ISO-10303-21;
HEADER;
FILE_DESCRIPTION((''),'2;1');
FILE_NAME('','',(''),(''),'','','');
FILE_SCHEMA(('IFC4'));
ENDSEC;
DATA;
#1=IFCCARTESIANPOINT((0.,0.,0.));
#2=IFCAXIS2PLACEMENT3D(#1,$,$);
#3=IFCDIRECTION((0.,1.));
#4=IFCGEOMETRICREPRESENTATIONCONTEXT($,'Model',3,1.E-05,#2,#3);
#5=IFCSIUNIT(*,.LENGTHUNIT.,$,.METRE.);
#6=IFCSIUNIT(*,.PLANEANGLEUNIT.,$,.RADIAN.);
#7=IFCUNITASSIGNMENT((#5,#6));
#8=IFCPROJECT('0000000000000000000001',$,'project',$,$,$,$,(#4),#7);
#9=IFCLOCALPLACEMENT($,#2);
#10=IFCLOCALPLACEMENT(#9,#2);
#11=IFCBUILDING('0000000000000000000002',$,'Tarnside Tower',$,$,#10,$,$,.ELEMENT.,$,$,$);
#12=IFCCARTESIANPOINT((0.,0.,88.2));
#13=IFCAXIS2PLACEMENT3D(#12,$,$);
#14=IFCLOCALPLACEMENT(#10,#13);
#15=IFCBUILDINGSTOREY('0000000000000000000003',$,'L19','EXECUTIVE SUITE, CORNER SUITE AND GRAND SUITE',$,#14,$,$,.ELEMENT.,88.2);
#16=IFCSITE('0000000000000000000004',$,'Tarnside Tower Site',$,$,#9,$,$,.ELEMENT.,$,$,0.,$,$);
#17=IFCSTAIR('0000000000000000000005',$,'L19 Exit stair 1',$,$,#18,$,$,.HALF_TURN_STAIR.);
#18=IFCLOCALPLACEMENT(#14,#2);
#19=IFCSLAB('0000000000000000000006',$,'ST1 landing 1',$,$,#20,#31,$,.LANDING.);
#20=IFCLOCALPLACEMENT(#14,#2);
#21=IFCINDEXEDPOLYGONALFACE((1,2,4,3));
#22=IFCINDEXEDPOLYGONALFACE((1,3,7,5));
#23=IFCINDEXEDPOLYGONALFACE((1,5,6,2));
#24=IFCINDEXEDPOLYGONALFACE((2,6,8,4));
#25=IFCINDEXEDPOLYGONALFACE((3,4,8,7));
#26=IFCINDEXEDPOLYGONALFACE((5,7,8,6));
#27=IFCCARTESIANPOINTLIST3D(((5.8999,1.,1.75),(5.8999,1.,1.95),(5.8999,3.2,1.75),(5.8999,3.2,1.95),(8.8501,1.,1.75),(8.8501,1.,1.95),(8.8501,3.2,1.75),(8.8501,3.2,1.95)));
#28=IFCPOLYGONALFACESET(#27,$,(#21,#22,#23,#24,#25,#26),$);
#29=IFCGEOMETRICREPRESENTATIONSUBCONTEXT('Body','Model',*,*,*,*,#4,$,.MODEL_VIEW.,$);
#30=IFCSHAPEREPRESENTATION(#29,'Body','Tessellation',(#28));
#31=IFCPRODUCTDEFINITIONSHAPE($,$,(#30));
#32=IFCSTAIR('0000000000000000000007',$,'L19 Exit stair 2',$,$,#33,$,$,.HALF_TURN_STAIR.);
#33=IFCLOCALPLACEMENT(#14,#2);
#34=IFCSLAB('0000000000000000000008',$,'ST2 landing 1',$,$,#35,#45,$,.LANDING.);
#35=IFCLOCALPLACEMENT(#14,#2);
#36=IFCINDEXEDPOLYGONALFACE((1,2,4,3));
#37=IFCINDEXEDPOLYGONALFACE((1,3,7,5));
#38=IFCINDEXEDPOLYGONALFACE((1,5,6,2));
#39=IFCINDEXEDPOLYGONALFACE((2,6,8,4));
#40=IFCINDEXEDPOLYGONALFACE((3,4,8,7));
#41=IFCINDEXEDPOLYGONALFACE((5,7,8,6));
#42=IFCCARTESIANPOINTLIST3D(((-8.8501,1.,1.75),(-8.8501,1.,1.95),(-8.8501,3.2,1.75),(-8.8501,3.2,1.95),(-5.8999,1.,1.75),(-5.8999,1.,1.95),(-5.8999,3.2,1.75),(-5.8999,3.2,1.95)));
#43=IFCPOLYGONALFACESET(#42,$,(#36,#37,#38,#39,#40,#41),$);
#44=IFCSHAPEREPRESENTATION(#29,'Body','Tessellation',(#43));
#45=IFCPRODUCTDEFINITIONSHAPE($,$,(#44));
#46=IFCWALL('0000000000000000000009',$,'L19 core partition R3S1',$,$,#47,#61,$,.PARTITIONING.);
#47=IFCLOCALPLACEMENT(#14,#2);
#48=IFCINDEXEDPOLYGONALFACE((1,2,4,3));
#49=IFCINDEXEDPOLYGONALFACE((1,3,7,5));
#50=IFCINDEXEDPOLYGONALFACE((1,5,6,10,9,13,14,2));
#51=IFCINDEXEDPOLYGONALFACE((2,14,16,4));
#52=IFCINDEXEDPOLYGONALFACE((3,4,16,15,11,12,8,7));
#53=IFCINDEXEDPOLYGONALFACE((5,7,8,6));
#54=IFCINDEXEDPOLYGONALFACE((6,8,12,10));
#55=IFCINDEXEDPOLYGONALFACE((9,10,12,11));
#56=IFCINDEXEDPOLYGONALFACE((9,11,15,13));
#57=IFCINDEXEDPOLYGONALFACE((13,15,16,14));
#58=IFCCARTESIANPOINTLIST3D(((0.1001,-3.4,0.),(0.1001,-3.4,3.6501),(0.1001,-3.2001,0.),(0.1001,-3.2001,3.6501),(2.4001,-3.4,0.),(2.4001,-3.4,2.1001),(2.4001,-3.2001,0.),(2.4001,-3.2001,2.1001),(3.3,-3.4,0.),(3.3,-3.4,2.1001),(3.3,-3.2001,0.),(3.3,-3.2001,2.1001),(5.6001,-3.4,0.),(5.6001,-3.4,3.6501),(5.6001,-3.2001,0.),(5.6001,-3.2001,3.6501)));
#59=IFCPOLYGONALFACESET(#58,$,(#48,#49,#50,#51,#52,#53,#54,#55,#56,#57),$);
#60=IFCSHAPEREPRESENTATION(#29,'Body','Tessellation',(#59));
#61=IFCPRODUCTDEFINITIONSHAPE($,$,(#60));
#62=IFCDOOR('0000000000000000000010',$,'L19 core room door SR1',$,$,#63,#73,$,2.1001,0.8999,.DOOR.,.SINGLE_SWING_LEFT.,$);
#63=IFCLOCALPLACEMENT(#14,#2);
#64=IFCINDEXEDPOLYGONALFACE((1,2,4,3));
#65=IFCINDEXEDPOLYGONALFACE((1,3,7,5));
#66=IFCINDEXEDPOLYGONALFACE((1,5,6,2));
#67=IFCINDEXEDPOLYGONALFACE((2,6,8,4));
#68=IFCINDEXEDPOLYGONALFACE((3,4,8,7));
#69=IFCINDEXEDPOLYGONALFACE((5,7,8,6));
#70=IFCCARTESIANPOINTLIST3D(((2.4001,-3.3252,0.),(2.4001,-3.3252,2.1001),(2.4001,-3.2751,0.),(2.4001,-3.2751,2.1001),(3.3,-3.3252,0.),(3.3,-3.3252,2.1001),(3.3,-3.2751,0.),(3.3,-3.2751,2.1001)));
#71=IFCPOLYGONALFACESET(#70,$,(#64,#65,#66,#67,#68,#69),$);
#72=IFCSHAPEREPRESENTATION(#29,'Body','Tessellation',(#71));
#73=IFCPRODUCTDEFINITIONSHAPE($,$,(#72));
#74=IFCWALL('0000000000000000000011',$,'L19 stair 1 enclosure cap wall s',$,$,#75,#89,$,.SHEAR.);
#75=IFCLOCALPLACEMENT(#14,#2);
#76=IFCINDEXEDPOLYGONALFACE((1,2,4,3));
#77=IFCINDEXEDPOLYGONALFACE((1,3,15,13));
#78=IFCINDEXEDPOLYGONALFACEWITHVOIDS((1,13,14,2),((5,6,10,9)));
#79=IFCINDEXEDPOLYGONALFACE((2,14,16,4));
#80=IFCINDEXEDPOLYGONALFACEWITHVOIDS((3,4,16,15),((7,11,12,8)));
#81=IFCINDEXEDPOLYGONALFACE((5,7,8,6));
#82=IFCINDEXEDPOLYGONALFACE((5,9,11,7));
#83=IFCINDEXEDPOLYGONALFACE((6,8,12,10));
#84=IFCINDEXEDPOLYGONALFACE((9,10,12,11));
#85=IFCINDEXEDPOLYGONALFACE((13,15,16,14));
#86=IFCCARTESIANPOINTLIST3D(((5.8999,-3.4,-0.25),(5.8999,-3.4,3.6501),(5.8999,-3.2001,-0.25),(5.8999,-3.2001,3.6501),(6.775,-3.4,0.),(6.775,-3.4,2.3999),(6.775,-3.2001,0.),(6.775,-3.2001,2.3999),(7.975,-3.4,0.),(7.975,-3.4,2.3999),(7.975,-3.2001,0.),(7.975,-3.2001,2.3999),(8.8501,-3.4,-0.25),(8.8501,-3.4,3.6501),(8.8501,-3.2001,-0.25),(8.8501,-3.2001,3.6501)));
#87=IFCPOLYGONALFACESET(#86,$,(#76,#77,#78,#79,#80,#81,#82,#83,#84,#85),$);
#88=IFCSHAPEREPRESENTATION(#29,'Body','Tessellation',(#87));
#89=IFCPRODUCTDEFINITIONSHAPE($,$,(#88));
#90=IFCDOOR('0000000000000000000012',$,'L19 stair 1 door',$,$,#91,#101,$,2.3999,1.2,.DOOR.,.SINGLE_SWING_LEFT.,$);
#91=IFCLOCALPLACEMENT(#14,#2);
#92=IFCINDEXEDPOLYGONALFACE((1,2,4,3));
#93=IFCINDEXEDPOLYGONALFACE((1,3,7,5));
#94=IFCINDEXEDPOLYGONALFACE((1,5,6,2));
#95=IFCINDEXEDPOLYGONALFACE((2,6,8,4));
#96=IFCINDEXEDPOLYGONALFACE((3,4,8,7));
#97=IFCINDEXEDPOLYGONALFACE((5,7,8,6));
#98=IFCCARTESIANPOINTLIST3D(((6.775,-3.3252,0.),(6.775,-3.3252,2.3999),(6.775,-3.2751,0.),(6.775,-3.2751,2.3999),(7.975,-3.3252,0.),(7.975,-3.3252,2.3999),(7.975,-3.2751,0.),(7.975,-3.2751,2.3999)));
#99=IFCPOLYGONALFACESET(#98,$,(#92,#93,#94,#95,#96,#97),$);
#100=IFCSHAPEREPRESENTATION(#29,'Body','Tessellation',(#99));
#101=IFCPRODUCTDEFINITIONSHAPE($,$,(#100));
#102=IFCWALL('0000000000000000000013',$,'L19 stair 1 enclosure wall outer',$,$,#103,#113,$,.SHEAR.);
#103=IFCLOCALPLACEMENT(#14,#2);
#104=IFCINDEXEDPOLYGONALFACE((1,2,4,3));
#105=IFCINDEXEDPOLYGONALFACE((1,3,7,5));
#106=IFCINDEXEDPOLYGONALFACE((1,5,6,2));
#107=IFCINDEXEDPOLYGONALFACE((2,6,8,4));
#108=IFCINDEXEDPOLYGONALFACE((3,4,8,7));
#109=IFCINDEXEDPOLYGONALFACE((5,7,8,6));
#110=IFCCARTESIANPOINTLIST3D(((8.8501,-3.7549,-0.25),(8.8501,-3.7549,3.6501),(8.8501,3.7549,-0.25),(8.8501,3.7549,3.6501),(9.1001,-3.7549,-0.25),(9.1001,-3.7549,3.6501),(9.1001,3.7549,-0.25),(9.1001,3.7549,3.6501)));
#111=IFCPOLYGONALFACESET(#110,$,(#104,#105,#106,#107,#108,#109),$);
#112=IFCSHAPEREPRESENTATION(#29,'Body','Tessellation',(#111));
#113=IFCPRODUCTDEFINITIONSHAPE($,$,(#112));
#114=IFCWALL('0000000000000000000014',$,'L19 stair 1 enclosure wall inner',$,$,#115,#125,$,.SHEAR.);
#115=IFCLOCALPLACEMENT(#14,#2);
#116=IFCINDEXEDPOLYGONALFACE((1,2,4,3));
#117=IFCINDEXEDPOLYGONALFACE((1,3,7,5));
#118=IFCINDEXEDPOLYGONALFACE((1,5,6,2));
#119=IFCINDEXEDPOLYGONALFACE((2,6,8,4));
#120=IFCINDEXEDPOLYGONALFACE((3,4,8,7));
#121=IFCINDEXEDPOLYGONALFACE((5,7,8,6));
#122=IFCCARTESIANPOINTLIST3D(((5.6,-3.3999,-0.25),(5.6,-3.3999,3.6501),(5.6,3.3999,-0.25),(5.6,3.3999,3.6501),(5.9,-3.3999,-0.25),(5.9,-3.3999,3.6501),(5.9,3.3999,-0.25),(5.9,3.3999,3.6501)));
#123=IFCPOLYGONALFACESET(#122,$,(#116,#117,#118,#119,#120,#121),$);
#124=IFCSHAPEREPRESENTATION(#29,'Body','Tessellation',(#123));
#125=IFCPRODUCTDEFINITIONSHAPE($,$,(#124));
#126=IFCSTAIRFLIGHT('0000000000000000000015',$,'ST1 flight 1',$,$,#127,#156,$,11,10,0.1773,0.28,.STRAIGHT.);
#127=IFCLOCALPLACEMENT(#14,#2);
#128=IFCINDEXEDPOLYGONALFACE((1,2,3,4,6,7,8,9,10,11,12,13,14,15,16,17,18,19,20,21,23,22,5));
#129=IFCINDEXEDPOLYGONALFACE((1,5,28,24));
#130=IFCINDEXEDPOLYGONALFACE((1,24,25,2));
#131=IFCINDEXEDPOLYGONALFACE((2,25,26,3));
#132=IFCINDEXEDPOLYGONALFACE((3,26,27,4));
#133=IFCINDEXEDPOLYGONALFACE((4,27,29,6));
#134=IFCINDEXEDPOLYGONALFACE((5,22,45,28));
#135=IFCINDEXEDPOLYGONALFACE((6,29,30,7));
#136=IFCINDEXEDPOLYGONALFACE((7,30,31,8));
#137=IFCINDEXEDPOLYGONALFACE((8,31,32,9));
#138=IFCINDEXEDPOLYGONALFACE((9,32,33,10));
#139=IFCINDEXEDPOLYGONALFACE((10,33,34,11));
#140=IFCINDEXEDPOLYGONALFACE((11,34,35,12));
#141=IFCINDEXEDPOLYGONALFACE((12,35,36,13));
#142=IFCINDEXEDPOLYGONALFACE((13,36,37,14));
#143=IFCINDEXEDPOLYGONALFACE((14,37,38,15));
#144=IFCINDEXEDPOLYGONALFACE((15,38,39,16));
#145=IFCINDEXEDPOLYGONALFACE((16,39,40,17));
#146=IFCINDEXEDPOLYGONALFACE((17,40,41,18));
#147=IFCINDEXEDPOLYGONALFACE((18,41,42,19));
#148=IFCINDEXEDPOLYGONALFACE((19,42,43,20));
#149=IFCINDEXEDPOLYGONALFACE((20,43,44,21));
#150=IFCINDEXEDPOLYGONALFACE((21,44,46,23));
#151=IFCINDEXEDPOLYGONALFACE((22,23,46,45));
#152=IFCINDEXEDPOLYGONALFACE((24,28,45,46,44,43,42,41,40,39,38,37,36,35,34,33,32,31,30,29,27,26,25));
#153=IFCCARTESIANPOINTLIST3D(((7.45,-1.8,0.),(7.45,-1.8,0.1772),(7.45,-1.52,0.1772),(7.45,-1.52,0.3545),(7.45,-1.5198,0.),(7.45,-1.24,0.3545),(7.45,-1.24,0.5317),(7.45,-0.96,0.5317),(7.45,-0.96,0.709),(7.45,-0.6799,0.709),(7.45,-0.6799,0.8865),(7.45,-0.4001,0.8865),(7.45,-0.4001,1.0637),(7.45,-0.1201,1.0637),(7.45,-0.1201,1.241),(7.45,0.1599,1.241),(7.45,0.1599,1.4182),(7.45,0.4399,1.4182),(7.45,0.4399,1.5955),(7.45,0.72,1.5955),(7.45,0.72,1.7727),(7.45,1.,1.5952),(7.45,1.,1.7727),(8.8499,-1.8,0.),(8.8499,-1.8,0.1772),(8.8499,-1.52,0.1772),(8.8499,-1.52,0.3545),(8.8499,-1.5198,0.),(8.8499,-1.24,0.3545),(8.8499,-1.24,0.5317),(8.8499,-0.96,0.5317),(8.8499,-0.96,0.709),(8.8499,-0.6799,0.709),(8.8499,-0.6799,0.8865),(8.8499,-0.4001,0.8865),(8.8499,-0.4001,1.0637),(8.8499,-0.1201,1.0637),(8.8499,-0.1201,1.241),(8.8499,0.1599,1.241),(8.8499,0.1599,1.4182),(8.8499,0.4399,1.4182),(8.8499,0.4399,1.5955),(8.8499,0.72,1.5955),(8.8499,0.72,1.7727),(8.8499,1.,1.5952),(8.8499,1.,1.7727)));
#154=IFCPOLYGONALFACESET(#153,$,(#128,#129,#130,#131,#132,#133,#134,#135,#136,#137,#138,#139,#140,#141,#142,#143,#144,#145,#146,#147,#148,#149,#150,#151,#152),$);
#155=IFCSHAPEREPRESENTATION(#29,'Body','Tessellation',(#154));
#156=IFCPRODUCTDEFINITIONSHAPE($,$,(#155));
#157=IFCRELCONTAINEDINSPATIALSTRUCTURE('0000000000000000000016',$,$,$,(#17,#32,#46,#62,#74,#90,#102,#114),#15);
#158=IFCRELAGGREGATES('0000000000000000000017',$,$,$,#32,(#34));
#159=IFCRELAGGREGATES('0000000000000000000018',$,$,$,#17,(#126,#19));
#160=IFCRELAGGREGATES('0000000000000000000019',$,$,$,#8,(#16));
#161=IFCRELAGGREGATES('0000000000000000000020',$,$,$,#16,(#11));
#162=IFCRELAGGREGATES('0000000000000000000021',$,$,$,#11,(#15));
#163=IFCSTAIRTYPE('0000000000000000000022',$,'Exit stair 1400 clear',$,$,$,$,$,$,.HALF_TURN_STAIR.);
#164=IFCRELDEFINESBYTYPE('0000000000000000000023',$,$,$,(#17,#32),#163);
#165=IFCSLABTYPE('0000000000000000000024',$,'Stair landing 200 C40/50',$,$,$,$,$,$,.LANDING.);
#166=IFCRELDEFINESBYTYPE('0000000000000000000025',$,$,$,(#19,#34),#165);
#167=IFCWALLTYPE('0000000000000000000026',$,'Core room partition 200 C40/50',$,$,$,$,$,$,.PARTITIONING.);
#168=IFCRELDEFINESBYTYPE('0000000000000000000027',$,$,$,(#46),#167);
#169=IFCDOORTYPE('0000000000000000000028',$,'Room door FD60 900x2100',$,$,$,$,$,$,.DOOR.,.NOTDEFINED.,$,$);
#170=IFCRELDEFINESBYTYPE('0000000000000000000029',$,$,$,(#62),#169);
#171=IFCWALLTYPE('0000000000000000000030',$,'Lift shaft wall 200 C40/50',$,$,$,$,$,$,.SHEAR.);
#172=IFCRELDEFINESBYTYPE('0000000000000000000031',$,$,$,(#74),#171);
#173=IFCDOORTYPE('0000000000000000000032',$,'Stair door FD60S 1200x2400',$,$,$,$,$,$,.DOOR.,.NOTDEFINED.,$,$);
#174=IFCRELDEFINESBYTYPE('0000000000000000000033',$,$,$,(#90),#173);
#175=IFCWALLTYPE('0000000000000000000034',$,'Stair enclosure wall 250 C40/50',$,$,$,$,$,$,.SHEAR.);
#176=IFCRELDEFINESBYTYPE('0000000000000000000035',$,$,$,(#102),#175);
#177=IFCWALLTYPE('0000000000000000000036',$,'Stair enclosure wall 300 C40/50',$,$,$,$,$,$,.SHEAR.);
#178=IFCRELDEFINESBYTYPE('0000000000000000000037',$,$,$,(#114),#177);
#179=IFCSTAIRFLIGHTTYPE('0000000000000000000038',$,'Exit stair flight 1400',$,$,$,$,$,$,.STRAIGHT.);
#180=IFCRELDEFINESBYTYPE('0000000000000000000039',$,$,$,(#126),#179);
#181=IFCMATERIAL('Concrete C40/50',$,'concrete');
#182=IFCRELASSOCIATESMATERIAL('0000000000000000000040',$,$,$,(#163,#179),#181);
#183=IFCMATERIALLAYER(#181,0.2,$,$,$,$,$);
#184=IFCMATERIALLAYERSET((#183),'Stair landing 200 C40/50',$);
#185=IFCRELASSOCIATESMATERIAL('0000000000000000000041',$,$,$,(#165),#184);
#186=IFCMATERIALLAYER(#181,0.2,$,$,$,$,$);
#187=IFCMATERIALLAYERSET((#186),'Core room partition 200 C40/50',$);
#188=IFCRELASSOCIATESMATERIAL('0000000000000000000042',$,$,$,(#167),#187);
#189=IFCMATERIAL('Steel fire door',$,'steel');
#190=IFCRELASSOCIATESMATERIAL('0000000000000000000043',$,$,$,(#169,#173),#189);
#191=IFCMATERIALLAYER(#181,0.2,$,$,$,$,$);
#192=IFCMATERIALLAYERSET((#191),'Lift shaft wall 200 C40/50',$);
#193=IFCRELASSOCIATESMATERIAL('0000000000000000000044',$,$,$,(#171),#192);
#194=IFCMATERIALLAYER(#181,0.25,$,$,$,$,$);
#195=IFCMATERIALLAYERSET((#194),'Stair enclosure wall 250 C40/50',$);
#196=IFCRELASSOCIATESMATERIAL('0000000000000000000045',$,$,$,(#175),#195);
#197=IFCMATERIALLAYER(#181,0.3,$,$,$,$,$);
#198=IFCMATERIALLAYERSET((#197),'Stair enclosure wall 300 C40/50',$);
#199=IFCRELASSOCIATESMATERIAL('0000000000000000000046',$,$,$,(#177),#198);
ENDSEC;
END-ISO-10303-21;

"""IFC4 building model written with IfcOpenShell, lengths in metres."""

from ifc_helpers import new_model, si_unit, direction, frame, frame_2d, origin, place, context, subcontext, project, spatial, polyline, rectangle, outline, extrude, material, layer, layer_set, type_object, element, fill, aggregate, save


model = new_model("IFC4")

# Units and contexts
model_context = context("Model", 3, precision=1e-05, world=origin(), true_north=direction((0.0, 1.0)))
body_context = subcontext(model_context, "Body", "Model", "MODEL_VIEW")
ifc_project = project(units=[si_unit("LENGTHUNIT", "METRE"), si_unit("PLANEANGLEUNIT", "RADIAN")], contexts=[model_context])

# Site, building, storey
site_placement = place(None, origin())
site = spatial("IfcSite", under=ifc_project, at=site_placement, Name="Tarnside Tower Site", CompositionType="ELEMENT", RefElevation=0.0)
building_placement = place(site_placement, origin())
building = spatial("IfcBuilding", under=site, at=building_placement, Name="Tarnside Tower", CompositionType="ELEMENT")
storey_placement = place(building_placement, frame((0.0, 0.0, 88.2)))
storey = spatial("IfcBuildingStorey", under=building, at=storey_placement, Name="L19", Description="EXECUTIVE SUITE, CORNER SUITE AND GRAND SUITE", CompositionType="ELEMENT", Elevation=88.2)

# Shared definitions
ifc_material_1 = material(Name="Concrete C40/50", Category="concrete")

# Stairs, slabs
stair_type = type_object("IfcStairType", Name="Exit stair 1400 clear", PredefinedType="HALF_TURN_STAIR", material=ifc_material_1)
stair_1_placement = place(storey_placement, origin())
stair_1 = element("IfcStair", 1, at=stair_1_placement, inside=storey, type_object=stair_type, Name="L19 Exit stair 1", PredefinedType="HALF_TURN_STAIR")
ifc_layer_1 = layer(ifc_material_1, 0.2)
ifc_layer_set_1 = layer_set([ifc_layer_1], Name="Stair landing 200 C40/50")
slab_type_1 = type_object("IfcSlabType", Name="Stair landing 200 C40/50", PredefinedType="LANDING", material=ifc_layer_set_1)
slab_1_placement = place(storey_placement, frame((0.0, 0.0, 1.75)))
slab_1 = element("IfcSlab", 2, at=slab_1_placement, type_object=slab_type_1, Name="ST1 landing 1", PredefinedType="LANDING", context=body_context, shape_type="SweptSolid", body=[
    extrude(outline(polyline([(8.8501, 1.0), (8.8501, 3.2), (5.8999, 3.2), (5.8999, 1.0), (8.8501, 1.0)])), origin(), (0.0, 0.0, 1.0), 0.2),
])
stair_2_placement = place(storey_placement, origin())
stair_2 = element("IfcStair", 3, at=stair_2_placement, inside=storey, type_object=stair_type, Name="L19 Exit stair 2", PredefinedType="HALF_TURN_STAIR")
slab_2_placement = place(storey_placement, frame((0.0, 0.0, 1.75)))
slab_2 = element("IfcSlab", 4, at=slab_2_placement, type_object=slab_type_1, Name="ST2 landing 1", PredefinedType="LANDING", context=body_context, shape_type="SweptSolid", body=[
    extrude(outline(polyline([(-5.8999, 1.0), (-5.8999, 3.2), (-8.8501, 3.2), (-8.8501, 1.0), (-5.8999, 1.0)])), origin(), (0.0, 0.0, 1.0), 0.2),
])
aggregate(stair_2, [slab_2])

# Walls, openings, doors
ifc_layer_2 = layer(ifc_material_1, 0.2)
ifc_layer_set_2 = layer_set([ifc_layer_2], Name="Core room partition 200 C40/50")
wall_type_1 = type_object("IfcWallType", Name="Core room partition 200 C40/50", PredefinedType="PARTITIONING", material=ifc_layer_set_2)
wall_1_placement = place(storey_placement, frame((0.1001, -3.3, 0.0), z_axis=(0.0, 0.0, 1.0), x_axis=(1.0, 0.0, 0.0)))
wall_1 = element("IfcWall", 5, at=wall_1_placement, inside=storey, type_object=wall_type_1, Name="L19 core partition R3S1", PredefinedType="PARTITIONING", context=body_context, shape_type="SweptSolid", body=[
    extrude(rectangle(XDim=5.5, YDim=0.2, at=frame_2d((2.75, 0.0))), origin(), (0.0, 0.0, 1.0), 3.6501),
])
opening_1_placement = place(wall_1_placement, frame((2.3, 0.0, 0.0)))
opening_1 = element("IfcOpeningElement", 6, at=opening_1_placement, cuts=wall_1, PredefinedType="OPENING", context=body_context, shape_type="SweptSolid", body=[
    extrude(rectangle(XDim=0.8999, YDim=2.1001, at=frame_2d((0.45, 1.05))), frame((0.0, 0.1099, 0.0), z_axis=(0.0, -1.0, 0.0), x_axis=(1.0, 0.0, 0.0)), (0.0, 0.0, 1.0), 0.22),
])
ifc_material_2 = material(Name="Steel fire door", Category="steel")
door_type_1 = type_object("IfcDoorType", Name="Room door FD60 900x2100", OperationType="NOTDEFINED", PredefinedType="DOOR", material=ifc_material_2)
door_1_placement = place(opening_1_placement, origin())
door_1 = element("IfcDoor", 7, at=door_1_placement, inside=storey, type_object=door_type_1, Name="L19 core room door SR1", OperationType="SINGLE_SWING_LEFT", OverallHeight=2.1001, OverallWidth=0.8999, PredefinedType="DOOR", context=body_context, shape_type="SweptSolid", body=[
    extrude(rectangle(XDim=0.8999, YDim=2.1001, at=frame_2d((0.45, 1.05))), frame((0.0, 0.0249, 0.0), z_axis=(0.0, -1.0, 0.0), x_axis=(1.0, 0.0, 0.0)), (0.0, 0.0, 1.0), 0.05),
])
fill(opening_1, door_1)
ifc_layer_3 = layer(ifc_material_1, 0.2)
ifc_layer_set_3 = layer_set([ifc_layer_3], Name="Lift shaft wall 200 C40/50")
wall_type_2 = type_object("IfcWallType", Name="Lift shaft wall 200 C40/50", PredefinedType="SHEAR", material=ifc_layer_set_3)
wall_2_placement = place(storey_placement, frame((5.8999, -3.3, -0.25), z_axis=(0.0, 0.0, 1.0), x_axis=(1.0, 0.0, 0.0)))
wall_2 = element("IfcWall", 8, at=wall_2_placement, inside=storey, type_object=wall_type_2, Name="L19 stair 1 enclosure cap wall s", PredefinedType="SHEAR", context=body_context, shape_type="SweptSolid", body=[
    extrude(rectangle(XDim=2.9502, YDim=0.2, at=frame_2d((1.4751, 0.0))), origin(), (0.0, 0.0, 1.0), 3.9001),
])
opening_2_placement = place(wall_2_placement, frame((0.875, 0.0, 0.25)))
opening_2 = element("IfcOpeningElement", 9, at=opening_2_placement, cuts=wall_2, PredefinedType="OPENING", context=body_context, shape_type="SweptSolid", body=[
    extrude(rectangle(XDim=1.2, YDim=2.3999, at=frame_2d((0.6001, 1.2))), frame((0.0, 0.1099, 0.0), z_axis=(0.0, -1.0, 0.0), x_axis=(1.0, 0.0, 0.0)), (0.0, 0.0, 1.0), 0.22),
])
door_type_2 = type_object("IfcDoorType", Name="Stair door FD60S 1200x2400", OperationType="NOTDEFINED", PredefinedType="DOOR", material=ifc_material_2)
door_2_placement = place(opening_2_placement, origin())
door_2 = element("IfcDoor", 10, at=door_2_placement, inside=storey, type_object=door_type_2, Name="L19 stair 1 door", OperationType="SINGLE_SWING_LEFT", OverallHeight=2.3999, OverallWidth=1.2, PredefinedType="DOOR", context=body_context, shape_type="SweptSolid", body=[
    extrude(rectangle(XDim=1.2, YDim=2.3999, at=frame_2d((0.6001, 1.2))), frame((0.0, 0.0249, 0.0), z_axis=(0.0, -1.0, 0.0), x_axis=(1.0, 0.0, 0.0)), (0.0, 0.0, 1.0), 0.05),
])
fill(opening_2, door_2)

# Walls
ifc_layer_4 = layer(ifc_material_1, 0.25)
ifc_layer_set_4 = layer_set([ifc_layer_4], Name="Stair enclosure wall 250 C40/50")
wall_type_3 = type_object("IfcWallType", Name="Stair enclosure wall 250 C40/50", PredefinedType="SHEAR", material=ifc_layer_set_4)
wall_3_placement = place(storey_placement, frame((8.9751, -3.7549, -0.25), z_axis=(0.0, 0.0, 1.0), x_axis=(0.0, 1.0, 0.0)))
element("IfcWall", 11, at=wall_3_placement, inside=storey, type_object=wall_type_3, Name="L19 stair 1 enclosure wall outer", PredefinedType="SHEAR", context=body_context, shape_type="SweptSolid", body=[
    extrude(rectangle(XDim=7.5098, YDim=0.25, at=frame_2d((3.7549, 0.0))), origin(), (0.0, 0.0, 1.0), 3.9001),
])
ifc_layer_5 = layer(ifc_material_1, 0.3)
ifc_layer_set_5 = layer_set([ifc_layer_5], Name="Stair enclosure wall 300 C40/50")
wall_type_4 = type_object("IfcWallType", Name="Stair enclosure wall 300 C40/50", PredefinedType="SHEAR", material=ifc_layer_set_5)
wall_4_placement = place(storey_placement, frame((5.75, -3.3999, -0.25), z_axis=(0.0, 0.0, 1.0), x_axis=(0.0, 1.0, 0.0)))
element("IfcWall", 12, at=wall_4_placement, inside=storey, type_object=wall_type_4, Name="L19 stair 1 enclosure wall inner", PredefinedType="SHEAR", context=body_context, shape_type="SweptSolid", body=[
    extrude(rectangle(XDim=6.7998, YDim=0.3, at=frame_2d((3.3999, 0.0))), origin(), (0.0, 0.0, 1.0), 3.9001),
])

# Stair flight
stair_flight_type = type_object("IfcStairFlightType", Name="Exit stair flight 1400", PredefinedType="STRAIGHT", material=ifc_material_1)
stair_flight_placement = place(storey_placement, frame((8.1499, -1.8, 0.0), z_axis=(0.0, 0.0, 1.0), x_axis=(0.0, 1.0, 0.0)))
stair_flight = element("IfcStairFlight", 13, at=stair_flight_placement, type_object=stair_flight_type, Name="ST1 flight 1", NumberOfRisers=11, NumberOfTreads=10, PredefinedType="STRAIGHT", RiserHeight=0.1773, TreadLength=0.28, context=body_context, shape_type="SweptSolid", body=[
    extrude(outline(polyline([(0.0, 0.0), (0.0, 0.1772), (0.28, 0.1772), (0.28, 0.3545), (0.5601, 0.3545), (0.5601, 0.5317), (0.8401, 0.5317), (0.8401, 0.709), (1.1201, 0.709), (1.1201, 0.8865), (1.3999, 0.8865), (1.3999, 1.0637), (1.6799, 1.0637), (1.6799, 1.241), (1.96, 1.241), (1.96, 1.4182), (2.24, 1.4182), (2.24, 1.5955), (2.52, 1.5955), (2.52, 1.7727), (2.8, 1.7727), (2.8, 1.95), (2.8, 1.5952), (0.2803, 0.0), (0.0, 0.0)])), frame((0.0, 0.7, 0.0), z_axis=(0.0, -1.0, 0.0), x_axis=(1.0, 0.0, 0.0)), (0.0, 0.0, 1.0), 1.3999),
])
aggregate(stair_1, [stair_flight, slab_1])

save(model, "model.ifc")
